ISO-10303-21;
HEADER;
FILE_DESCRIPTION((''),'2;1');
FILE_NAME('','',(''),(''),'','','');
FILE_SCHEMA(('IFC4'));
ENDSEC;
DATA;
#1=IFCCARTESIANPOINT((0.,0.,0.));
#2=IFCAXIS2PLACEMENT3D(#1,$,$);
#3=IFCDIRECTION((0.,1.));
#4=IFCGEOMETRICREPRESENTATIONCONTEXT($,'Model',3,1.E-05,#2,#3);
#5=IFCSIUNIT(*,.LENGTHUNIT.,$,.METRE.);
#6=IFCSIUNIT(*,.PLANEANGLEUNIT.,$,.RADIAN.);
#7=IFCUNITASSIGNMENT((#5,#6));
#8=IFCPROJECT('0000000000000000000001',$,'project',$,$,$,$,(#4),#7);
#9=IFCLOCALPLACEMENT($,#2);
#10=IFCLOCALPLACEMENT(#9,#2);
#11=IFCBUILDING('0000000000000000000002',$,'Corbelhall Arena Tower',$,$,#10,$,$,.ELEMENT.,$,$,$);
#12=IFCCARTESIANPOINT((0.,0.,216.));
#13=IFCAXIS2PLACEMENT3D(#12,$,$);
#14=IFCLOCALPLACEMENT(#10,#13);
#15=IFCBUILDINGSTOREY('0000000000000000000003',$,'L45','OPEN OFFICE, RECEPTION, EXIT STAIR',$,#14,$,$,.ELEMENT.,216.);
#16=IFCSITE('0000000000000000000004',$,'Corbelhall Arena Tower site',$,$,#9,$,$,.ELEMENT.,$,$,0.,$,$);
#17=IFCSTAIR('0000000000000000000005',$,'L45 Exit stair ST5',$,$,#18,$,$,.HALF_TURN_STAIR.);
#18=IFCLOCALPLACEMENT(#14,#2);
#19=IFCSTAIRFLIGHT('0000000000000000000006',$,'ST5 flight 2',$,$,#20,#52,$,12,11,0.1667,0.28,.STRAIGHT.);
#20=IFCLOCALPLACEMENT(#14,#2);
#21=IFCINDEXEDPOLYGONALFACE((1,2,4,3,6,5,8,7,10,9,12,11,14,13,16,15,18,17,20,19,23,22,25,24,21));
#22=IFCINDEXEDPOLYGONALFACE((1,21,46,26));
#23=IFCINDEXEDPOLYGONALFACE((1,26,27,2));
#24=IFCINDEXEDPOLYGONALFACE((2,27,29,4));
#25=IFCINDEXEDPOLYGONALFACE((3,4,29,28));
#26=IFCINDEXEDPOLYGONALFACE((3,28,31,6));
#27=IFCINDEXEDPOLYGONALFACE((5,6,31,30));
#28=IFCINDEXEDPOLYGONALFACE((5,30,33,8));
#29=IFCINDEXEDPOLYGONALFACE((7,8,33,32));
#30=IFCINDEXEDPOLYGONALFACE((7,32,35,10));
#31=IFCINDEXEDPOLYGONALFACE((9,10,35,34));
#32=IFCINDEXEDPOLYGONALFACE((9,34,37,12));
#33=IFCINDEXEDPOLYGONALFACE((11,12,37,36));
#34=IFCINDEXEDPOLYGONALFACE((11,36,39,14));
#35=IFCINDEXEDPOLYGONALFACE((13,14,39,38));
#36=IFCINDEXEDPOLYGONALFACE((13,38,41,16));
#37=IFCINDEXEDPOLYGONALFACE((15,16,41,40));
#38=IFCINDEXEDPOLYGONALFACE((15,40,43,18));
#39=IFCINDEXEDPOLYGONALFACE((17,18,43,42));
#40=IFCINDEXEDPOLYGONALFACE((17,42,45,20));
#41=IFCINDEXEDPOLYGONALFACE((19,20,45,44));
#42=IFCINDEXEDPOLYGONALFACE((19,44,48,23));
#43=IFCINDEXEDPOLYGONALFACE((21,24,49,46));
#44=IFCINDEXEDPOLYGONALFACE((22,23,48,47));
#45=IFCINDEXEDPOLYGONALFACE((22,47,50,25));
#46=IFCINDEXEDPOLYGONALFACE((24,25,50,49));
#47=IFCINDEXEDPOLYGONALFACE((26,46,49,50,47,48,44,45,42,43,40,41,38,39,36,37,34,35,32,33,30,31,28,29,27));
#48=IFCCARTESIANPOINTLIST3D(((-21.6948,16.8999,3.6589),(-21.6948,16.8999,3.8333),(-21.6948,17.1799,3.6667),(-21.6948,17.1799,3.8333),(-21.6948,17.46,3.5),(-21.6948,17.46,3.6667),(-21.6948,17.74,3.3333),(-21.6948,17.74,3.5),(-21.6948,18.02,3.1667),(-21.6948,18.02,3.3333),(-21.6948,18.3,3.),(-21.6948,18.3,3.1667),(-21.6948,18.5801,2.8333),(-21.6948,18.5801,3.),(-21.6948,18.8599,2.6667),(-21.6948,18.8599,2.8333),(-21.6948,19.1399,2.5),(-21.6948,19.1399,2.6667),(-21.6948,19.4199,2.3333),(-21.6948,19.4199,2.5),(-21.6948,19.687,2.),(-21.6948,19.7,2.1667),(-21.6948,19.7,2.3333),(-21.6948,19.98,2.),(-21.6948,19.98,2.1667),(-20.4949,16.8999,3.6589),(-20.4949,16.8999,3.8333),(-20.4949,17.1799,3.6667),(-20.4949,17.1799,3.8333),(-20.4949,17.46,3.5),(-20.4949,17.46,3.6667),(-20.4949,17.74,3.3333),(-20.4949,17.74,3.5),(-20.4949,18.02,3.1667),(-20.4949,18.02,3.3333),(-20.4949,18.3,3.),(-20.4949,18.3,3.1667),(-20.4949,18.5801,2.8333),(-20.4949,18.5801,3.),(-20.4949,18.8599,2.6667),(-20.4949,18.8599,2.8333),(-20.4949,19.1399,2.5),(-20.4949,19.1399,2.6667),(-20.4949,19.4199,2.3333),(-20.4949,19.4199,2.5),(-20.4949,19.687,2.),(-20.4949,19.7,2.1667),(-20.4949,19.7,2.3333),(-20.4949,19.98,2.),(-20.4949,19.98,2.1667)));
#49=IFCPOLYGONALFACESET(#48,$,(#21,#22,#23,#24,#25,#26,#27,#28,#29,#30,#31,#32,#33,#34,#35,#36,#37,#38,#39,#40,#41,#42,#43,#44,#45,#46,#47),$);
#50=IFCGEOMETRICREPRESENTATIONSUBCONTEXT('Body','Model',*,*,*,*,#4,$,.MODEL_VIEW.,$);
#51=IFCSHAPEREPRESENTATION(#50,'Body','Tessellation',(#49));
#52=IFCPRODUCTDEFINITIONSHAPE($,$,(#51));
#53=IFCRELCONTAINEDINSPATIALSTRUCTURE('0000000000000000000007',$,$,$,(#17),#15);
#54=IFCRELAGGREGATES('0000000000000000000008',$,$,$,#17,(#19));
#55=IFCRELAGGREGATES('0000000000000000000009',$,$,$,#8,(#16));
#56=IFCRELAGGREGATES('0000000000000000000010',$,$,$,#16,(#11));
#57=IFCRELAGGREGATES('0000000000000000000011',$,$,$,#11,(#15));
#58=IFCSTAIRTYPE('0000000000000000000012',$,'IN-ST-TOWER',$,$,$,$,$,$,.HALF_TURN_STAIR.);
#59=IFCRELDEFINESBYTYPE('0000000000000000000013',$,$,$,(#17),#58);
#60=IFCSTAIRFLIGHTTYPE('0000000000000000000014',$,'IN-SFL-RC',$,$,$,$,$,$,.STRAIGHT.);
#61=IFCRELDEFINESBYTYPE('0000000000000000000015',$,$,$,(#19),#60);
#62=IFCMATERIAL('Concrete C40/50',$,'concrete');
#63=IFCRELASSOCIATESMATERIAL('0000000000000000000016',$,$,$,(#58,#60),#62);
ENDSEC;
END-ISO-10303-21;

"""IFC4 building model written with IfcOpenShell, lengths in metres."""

from ifc_helpers import new_model, si_unit, direction, frame, origin, place, context, subcontext, project, spatial, polyline, outline, extrude, material, type_object, element, aggregate, save


model = new_model("IFC4")

# Units and contexts
model_context = context("Model", 3, precision=1e-05, world=origin(), true_north=direction((0.0, 1.0)))
body_context = subcontext(model_context, "Body", "Model", "MODEL_VIEW")
ifc_project = project(units=[si_unit("LENGTHUNIT", "METRE"), si_unit("PLANEANGLEUNIT", "RADIAN")], contexts=[model_context])

# Site, building, storey
site_placement = place(None, origin())
site = spatial("IfcSite", under=ifc_project, at=site_placement, Name="Corbelhall Arena Tower site", CompositionType="ELEMENT", RefElevation=0.0)
building_placement = place(site_placement, origin())
building = spatial("IfcBuilding", under=site, at=building_placement, Name="Corbelhall Arena Tower", CompositionType="ELEMENT")
storey_placement = place(building_placement, frame((0.0, 0.0, 216.0)))
storey = spatial("IfcBuildingStorey", under=building, at=storey_placement, Name="L45", Description="OPEN OFFICE, RECEPTION, EXIT STAIR", CompositionType="ELEMENT", Elevation=216.0)

# Shared definitions
ifc_material_1 = material(Name="Concrete C40/50", Category="concrete")

# Shared definitions
stair_type = type_object("IfcStairType", Name="IN-ST-TOWER", PredefinedType="HALF_TURN_STAIR", material=ifc_material_1)
stair_flight_type = type_object("IfcStairFlightType", Name="IN-SFL-RC", PredefinedType="STRAIGHT", material=ifc_material_1)

# Stair, stair flight
stair_1_placement = place(storey_placement, origin())
stair_1 = element("IfcStair", 1, at=stair_1_placement, inside=storey, type_object=stair_type, Name="L45 Exit stair ST5", PredefinedType="HALF_TURN_STAIR")
stair_flight_1_placement = place(storey_placement, frame((-21.095, 19.98, 2.0), z_axis=(0.0, 0.0, 1.0), x_axis=(0.0, -1.0, 0.0)))
stair_flight_1 = element("IfcStairFlight", 2, at=stair_flight_1_placement, type_object=stair_flight_type, Name="ST5 flight 2", NumberOfRisers=12, NumberOfTreads=11, PredefinedType="STRAIGHT", RiserHeight=0.1667, TreadLength=0.28, context=body_context, shape_type="SweptSolid", body=[
    extrude(outline(polyline([(0.0, 0.0), (0.0, 0.1667), (0.28, 0.1667), (0.28, 0.3333), (0.5601, 0.3333), (0.5601, 0.5), (0.8401, 0.5), (0.8401, 0.6667), (1.1201, 0.6667), (1.1201, 0.8333), (1.3999, 0.8333), (1.3999, 1.0), (1.6799, 1.0), (1.6799, 1.1667), (1.96, 1.1667), (1.96, 1.3333), (2.24, 1.3333), (2.24, 1.5), (2.52, 1.5), (2.52, 1.6667), (2.8, 1.6667), (2.8, 1.8333), (3.0801, 1.8333), (3.0801, 2.0), (3.0801, 1.6589), (0.293, 0.0), (0.0, 0.0)])), frame((0.0, 0.6001, 0.0), z_axis=(0.0, -1.0, 0.0), x_axis=(1.0, 0.0, 0.0)), (0.0, 0.0, 1.0), 1.2),
])
aggregate(stair_1, [stair_flight_1])

save(model, "model.ifc")
